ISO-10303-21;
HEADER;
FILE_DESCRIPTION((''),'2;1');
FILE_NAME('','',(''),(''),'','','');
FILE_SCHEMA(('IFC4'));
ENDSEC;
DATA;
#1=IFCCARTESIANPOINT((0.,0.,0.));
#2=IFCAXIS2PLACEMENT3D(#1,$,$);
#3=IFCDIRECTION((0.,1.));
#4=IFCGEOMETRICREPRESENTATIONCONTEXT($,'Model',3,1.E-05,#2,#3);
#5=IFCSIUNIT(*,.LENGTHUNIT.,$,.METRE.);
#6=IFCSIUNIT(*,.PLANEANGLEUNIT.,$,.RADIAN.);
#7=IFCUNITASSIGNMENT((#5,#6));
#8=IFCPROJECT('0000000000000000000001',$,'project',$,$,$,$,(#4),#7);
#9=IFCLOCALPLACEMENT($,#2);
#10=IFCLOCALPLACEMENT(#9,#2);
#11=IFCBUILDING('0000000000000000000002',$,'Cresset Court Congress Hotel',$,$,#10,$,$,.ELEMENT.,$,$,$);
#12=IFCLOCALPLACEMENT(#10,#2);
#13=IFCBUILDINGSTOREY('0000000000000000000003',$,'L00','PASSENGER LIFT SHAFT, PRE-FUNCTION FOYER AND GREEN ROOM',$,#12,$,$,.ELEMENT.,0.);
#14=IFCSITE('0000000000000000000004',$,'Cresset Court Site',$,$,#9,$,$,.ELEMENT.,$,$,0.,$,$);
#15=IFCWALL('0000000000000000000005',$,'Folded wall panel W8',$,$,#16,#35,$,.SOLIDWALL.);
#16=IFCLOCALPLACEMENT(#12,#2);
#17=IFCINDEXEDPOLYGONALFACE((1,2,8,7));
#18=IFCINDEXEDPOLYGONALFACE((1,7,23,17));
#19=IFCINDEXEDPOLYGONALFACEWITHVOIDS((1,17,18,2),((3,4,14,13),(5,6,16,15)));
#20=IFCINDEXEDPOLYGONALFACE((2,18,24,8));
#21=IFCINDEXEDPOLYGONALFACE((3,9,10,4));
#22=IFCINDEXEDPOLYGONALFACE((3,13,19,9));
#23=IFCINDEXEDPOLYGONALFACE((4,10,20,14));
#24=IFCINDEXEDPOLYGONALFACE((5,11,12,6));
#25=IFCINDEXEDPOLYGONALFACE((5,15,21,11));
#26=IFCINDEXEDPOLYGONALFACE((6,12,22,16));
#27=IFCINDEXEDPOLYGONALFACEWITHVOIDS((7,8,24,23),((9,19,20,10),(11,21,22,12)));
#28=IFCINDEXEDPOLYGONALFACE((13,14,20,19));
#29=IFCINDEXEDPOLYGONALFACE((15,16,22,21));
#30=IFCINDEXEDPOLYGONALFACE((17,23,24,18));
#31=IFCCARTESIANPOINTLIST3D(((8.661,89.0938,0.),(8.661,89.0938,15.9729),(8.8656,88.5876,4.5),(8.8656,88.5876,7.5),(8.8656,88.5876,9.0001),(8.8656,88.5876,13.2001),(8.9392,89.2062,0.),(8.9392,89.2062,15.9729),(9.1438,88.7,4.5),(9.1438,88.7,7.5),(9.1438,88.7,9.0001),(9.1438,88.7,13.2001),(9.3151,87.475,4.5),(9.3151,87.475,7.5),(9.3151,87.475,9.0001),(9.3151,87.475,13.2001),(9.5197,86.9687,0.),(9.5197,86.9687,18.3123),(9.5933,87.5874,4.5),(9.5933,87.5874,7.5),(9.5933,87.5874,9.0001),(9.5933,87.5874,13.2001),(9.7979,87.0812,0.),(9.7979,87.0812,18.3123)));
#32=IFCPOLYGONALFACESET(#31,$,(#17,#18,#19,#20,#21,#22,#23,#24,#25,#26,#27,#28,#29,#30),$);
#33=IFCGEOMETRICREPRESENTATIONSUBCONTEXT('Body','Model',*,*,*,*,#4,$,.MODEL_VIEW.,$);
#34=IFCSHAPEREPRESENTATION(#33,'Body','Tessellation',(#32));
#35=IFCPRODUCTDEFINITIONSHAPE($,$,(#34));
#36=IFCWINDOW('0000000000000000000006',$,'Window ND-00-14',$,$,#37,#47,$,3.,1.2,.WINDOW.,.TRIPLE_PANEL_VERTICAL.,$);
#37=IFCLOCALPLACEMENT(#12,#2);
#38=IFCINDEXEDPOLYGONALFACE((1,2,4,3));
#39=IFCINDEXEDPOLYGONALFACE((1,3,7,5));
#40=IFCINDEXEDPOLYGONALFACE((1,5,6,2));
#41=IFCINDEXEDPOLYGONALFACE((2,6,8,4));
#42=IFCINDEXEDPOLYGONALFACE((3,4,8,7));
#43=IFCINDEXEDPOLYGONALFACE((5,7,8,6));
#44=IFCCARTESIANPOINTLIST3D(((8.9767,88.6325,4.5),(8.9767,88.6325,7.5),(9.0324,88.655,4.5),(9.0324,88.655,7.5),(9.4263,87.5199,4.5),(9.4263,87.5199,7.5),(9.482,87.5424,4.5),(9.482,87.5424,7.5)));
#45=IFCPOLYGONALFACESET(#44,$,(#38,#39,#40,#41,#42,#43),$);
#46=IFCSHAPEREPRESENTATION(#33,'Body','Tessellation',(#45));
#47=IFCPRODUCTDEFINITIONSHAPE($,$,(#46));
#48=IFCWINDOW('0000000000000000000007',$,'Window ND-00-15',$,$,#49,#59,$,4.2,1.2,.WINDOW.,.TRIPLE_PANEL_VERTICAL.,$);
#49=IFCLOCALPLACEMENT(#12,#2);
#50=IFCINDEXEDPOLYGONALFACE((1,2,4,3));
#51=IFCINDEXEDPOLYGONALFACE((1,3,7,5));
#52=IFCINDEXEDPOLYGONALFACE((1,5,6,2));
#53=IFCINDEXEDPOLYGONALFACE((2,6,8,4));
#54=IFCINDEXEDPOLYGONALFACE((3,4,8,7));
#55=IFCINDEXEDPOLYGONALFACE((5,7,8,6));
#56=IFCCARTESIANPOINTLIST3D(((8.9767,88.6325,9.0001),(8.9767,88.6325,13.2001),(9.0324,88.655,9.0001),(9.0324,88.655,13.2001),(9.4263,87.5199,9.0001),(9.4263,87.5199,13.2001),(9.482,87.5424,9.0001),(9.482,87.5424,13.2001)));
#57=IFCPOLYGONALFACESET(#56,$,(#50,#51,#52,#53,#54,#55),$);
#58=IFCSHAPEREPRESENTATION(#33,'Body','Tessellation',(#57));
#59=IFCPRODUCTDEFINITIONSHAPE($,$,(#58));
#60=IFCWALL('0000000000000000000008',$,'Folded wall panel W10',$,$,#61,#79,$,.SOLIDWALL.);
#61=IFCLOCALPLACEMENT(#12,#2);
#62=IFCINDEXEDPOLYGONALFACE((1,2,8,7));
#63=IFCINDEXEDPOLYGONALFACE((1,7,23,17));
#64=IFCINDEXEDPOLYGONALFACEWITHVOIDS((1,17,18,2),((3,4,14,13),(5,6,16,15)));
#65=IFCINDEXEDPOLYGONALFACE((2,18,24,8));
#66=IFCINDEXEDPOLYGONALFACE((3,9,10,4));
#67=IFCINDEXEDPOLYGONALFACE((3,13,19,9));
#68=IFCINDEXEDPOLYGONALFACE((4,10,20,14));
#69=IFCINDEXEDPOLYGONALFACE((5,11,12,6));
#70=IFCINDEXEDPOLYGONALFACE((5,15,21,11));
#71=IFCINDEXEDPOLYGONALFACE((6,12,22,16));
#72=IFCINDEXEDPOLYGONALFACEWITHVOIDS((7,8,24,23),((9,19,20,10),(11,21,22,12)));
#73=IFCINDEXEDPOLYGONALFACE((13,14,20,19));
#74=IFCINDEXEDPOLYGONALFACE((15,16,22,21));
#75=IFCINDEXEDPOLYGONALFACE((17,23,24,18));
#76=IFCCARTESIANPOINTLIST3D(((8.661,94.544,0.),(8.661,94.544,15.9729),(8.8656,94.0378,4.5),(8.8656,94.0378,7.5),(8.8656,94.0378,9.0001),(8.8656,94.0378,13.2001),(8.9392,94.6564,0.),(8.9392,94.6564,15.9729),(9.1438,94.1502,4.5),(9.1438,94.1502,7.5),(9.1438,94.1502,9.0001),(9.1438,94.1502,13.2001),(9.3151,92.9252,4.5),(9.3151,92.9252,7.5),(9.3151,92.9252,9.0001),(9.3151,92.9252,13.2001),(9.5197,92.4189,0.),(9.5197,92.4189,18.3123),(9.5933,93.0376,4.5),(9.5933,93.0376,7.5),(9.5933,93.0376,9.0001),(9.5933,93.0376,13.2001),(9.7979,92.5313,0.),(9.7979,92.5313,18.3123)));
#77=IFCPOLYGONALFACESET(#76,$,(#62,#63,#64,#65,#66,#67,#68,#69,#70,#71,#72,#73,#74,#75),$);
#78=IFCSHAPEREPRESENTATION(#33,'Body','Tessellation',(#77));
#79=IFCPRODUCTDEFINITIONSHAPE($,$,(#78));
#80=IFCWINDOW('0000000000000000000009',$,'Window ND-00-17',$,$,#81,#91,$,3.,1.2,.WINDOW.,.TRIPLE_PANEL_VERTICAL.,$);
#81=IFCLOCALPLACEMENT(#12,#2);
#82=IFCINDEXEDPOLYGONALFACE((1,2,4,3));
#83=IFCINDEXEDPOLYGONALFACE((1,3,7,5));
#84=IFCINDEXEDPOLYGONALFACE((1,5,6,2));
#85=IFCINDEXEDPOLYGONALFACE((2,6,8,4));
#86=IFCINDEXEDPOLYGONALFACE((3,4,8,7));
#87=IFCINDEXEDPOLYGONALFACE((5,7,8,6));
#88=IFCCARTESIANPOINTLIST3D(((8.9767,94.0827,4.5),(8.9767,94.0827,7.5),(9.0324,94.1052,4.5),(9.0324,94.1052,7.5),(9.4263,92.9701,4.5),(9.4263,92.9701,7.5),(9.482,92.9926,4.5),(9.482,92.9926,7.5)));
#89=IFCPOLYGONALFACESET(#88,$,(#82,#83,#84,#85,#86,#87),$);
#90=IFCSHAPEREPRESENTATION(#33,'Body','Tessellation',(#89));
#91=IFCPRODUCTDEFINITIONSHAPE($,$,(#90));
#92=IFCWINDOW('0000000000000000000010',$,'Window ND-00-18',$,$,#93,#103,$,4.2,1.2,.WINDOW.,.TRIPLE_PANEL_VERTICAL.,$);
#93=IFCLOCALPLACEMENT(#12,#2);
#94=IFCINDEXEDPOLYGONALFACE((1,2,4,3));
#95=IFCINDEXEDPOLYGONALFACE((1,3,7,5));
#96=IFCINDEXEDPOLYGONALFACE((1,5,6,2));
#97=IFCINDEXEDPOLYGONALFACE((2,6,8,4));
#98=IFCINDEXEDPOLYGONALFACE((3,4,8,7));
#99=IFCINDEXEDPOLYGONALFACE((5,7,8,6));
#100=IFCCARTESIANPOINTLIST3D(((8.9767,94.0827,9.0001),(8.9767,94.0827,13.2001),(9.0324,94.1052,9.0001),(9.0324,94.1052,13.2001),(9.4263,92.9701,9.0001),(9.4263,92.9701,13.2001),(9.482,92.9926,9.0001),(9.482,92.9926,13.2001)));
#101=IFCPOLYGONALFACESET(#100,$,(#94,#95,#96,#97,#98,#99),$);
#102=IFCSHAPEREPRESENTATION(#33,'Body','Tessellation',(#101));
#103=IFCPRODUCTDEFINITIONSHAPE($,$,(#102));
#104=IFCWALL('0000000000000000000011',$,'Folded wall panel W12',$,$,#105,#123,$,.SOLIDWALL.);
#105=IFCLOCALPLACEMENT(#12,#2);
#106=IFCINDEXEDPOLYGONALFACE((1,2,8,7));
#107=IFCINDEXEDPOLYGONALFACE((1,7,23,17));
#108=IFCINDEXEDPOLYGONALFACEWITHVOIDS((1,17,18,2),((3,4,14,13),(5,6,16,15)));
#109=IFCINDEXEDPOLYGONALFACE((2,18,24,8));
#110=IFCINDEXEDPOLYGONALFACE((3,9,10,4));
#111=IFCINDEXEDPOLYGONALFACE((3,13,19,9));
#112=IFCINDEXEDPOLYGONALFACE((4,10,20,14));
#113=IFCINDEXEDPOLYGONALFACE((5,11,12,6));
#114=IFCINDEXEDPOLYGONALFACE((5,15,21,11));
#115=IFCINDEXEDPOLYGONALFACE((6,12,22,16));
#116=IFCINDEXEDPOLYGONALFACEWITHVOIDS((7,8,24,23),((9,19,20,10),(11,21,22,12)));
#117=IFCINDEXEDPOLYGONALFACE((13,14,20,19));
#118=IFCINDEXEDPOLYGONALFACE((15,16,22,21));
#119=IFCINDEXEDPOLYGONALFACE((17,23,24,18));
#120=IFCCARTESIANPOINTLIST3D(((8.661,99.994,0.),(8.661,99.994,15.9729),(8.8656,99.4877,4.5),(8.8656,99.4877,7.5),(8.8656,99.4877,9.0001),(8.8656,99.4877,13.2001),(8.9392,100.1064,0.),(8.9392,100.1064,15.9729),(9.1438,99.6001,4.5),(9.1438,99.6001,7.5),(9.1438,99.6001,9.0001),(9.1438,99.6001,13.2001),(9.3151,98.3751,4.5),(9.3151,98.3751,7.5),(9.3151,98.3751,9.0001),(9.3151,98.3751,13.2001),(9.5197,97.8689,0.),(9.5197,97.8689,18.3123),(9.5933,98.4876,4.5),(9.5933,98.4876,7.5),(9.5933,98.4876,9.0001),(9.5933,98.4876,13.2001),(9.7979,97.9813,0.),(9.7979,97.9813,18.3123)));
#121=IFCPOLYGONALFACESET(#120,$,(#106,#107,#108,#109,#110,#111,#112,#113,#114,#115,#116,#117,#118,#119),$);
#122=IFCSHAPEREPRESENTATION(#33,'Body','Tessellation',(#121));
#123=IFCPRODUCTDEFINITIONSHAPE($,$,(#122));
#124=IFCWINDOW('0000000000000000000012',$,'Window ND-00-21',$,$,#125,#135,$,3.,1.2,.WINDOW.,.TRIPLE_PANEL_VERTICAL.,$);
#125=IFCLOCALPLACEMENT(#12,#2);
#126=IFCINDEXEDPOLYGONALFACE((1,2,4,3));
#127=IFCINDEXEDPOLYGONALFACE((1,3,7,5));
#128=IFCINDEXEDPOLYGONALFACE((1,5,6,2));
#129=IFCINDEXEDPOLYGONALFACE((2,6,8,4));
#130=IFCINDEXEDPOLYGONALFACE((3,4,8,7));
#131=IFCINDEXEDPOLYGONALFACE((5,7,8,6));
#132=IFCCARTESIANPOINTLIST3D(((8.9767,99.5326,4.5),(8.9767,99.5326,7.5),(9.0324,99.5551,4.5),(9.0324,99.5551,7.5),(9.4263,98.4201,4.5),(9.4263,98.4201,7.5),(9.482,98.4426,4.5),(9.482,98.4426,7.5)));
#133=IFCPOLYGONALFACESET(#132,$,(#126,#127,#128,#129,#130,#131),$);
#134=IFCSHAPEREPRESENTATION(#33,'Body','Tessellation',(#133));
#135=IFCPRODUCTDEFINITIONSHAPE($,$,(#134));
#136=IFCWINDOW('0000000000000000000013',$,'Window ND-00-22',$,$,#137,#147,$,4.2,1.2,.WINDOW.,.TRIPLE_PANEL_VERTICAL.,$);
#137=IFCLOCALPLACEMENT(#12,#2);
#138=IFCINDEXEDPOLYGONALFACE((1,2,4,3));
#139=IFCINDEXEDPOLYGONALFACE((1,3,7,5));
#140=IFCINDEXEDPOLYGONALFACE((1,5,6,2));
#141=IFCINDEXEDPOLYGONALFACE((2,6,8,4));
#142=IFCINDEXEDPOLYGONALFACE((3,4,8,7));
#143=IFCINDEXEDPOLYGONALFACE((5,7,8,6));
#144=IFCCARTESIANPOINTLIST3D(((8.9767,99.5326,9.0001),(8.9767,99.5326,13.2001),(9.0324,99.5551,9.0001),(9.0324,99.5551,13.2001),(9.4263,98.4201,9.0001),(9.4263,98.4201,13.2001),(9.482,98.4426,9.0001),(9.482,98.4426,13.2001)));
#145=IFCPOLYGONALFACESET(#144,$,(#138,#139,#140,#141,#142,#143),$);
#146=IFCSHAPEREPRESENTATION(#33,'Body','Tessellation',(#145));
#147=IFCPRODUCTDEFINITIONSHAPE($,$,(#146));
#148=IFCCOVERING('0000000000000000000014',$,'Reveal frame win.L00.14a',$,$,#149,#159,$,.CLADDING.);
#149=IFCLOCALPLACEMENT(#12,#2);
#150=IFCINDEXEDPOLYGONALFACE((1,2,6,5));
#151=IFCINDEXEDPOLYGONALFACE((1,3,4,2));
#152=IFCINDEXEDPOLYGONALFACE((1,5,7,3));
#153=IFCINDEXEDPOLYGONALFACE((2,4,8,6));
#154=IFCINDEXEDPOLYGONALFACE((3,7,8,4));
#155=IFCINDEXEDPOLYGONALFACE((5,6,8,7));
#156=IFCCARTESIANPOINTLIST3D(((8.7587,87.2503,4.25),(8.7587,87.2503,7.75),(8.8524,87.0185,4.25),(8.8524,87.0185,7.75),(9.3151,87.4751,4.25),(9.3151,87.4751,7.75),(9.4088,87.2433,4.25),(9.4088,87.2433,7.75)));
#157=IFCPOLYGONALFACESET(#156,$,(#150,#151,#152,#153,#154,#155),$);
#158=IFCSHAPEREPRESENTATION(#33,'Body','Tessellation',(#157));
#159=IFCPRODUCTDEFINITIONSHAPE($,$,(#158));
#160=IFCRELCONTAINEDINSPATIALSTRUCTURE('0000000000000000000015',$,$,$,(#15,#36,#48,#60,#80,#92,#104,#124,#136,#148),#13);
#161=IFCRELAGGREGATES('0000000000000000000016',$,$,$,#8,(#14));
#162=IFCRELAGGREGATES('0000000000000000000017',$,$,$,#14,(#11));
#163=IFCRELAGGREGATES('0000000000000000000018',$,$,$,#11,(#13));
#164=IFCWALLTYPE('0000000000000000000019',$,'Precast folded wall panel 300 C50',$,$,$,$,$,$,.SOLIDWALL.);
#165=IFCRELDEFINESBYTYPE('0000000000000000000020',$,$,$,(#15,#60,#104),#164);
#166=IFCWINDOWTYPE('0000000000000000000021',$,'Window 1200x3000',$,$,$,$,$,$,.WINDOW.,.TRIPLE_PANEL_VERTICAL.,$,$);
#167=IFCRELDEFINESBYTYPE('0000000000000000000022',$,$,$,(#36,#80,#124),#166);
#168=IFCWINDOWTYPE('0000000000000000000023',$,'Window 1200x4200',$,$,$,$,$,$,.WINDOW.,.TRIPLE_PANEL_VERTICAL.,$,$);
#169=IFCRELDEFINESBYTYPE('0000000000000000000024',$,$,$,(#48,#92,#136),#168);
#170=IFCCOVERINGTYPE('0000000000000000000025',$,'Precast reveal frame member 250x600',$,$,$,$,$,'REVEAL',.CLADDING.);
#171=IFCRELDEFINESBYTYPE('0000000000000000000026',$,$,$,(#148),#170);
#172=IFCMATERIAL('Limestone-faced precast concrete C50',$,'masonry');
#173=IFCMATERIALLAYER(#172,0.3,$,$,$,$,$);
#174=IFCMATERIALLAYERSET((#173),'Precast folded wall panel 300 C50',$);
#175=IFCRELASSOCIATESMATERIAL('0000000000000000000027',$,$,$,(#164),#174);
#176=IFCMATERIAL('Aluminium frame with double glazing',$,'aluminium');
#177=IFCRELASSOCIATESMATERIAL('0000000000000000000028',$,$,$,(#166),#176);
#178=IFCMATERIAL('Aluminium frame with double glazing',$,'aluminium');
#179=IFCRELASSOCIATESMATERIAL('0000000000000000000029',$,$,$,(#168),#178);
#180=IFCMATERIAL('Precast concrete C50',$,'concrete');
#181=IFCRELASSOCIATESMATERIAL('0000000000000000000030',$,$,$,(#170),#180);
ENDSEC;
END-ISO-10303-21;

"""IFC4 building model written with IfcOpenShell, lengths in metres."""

from ifc_helpers import new_model, si_unit, direction, frame, frame_2d, origin, origin_2d, place, context, subcontext, project, spatial, polyline, rectangle, outline, extrude, material, layer, layer_set, type_object, element, fill, save


model = new_model("IFC4")

# Units and contexts
model_context = context("Model", 3, precision=1e-05, world=origin(), true_north=direction((0.0, 1.0)))
body_context = subcontext(model_context, "Body", "Model", "MODEL_VIEW")
ifc_project = project(units=[si_unit("LENGTHUNIT", "METRE"), si_unit("PLANEANGLEUNIT", "RADIAN")], contexts=[model_context])

# Site, building, storey
site_placement = place(None, origin())
site = spatial("IfcSite", under=ifc_project, at=site_placement, Name="Cresset Court Site", CompositionType="ELEMENT", RefElevation=0.0)
building_placement = place(site_placement, origin())
building = spatial("IfcBuilding", under=site, at=building_placement, Name="Cresset Court Congress Hotel", CompositionType="ELEMENT")
storey_placement = place(building_placement, origin())
storey = spatial("IfcBuildingStorey", under=building, at=storey_placement, Name="L00", Description="PASSENGER LIFT SHAFT, PRE-FUNCTION FOYER AND GREEN ROOM", CompositionType="ELEMENT", Elevation=0.0)

# Walls, openings, windows
ifc_material_1 = material(Name="Limestone-faced precast concrete C50", Category="masonry")
ifc_layer = layer(ifc_material_1, 0.3)
ifc_layer_set = layer_set([ifc_layer], Name="Precast folded wall panel 300 C50")
wall_type = type_object("IfcWallType", Name="Precast folded wall panel 300 C50", PredefinedType="SOLIDWALL", material=ifc_layer_set)
wall_1_placement = place(storey_placement, frame((9.6587, 87.0249, 0.0), z_axis=(0.0, 0.0, 1.0), x_axis=(-0.374639, 0.927171, 0.0)))
wall_1 = element("IfcWall", 1, at=wall_1_placement, inside=storey, type_object=wall_type, Name="Folded wall panel W8", PredefinedType="SOLIDWALL", context=body_context, shape_type="SweptSolid", body=[
    extrude(outline(polyline([(0.0, 0.0), (2.292, 0.0), (2.292, 15.9729), (0.0, 18.3123), (0.0, 0.0)])), frame((0.0, 0.1499, 0.0), z_axis=(0.0, -1.0, 0.0), x_axis=(1.0, 0.0, 0.0)), (0.0, 0.0, 1.0), 0.3),
])
opening_1_placement = place(wall_1_placement, frame((0.5459, 0.0, 4.5)))
opening_1 = element("IfcOpeningElement", 2, at=opening_1_placement, cuts=wall_1, PredefinedType="OPENING", context=body_context, shape_type="SweptSolid", body=[
    extrude(rectangle(XDim=1.2, YDim=3.0, at=frame_2d((0.6001, 1.5))), frame((0.0, 0.1599, 0.0), z_axis=(0.0, -1.0, 0.0), x_axis=(1.0, 0.0, 0.0)), (0.0, 0.0, 1.0), 0.3201),
])
opening_2_placement = place(wall_1_placement, frame((0.5459, 0.0, 9.0)))
opening_2 = element("IfcOpeningElement", 3, at=opening_2_placement, cuts=wall_1, PredefinedType="OPENING", context=body_context, shape_type="SweptSolid", body=[
    extrude(rectangle(XDim=1.2, YDim=4.2, at=frame_2d((0.6001, 2.1001))), frame((0.0, 0.1599, 0.0), z_axis=(0.0, -1.0, 0.0), x_axis=(1.0, 0.0, 0.0)), (0.0, 0.0, 1.0), 0.3201),
])
ifc_material_2 = material(Name="Aluminium frame with double glazing", Category="aluminium")
window_type_1 = type_object("IfcWindowType", Name="Window 1200x3000", PartitioningType="TRIPLE_PANEL_VERTICAL", PredefinedType="WINDOW", material=ifc_material_2)
window_1_placement = place(opening_1_placement, origin())
window_1 = element("IfcWindow", 4, at=window_1_placement, inside=storey, type_object=window_type_1, Name="Window ND-00-14", OverallHeight=3.0, OverallWidth=1.2, PartitioningType="TRIPLE_PANEL_VERTICAL", PredefinedType="WINDOW", context=body_context, shape_type="SweptSolid", body=[
    extrude(rectangle(XDim=1.2, YDim=3.0, at=frame_2d((0.6001, 1.5))), frame((0.0, 0.03, 0.0), z_axis=(0.0, -1.0, 0.0), x_axis=(1.0, 0.0, 0.0)), (0.0, 0.0, 1.0), 0.0601),
])
fill(opening_1, window_1)
ifc_material_3 = material(Name="Aluminium frame with double glazing", Category="aluminium")
window_type_2 = type_object("IfcWindowType", Name="Window 1200x4200", PartitioningType="TRIPLE_PANEL_VERTICAL", PredefinedType="WINDOW", material=ifc_material_3)
window_2_placement = place(opening_2_placement, origin())
window_2 = element("IfcWindow", 5, at=window_2_placement, inside=storey, type_object=window_type_2, Name="Window ND-00-15", OverallHeight=4.2, OverallWidth=1.2, PartitioningType="TRIPLE_PANEL_VERTICAL", PredefinedType="WINDOW", context=body_context, shape_type="SweptSolid", body=[
    extrude(rectangle(XDim=1.2, YDim=4.2, at=frame_2d((0.6001, 2.1001))), frame((0.0, 0.03, 0.0), z_axis=(0.0, -1.0, 0.0), x_axis=(1.0, 0.0, 0.0)), (0.0, 0.0, 1.0), 0.0601),
])
fill(opening_2, window_2)
wall_2_placement = place(storey_placement, frame((9.6587, 92.4751, 0.0), z_axis=(0.0, 0.0, 1.0), x_axis=(-0.374639, 0.927171, 0.0)))
wall_2 = element("IfcWall", 6, at=wall_2_placement, inside=storey, type_object=wall_type, Name="Folded wall panel W10", PredefinedType="SOLIDWALL", context=body_context, shape_type="SweptSolid", body=[
    extrude(outline(polyline([(0.0, 0.0), (2.292, 0.0), (2.292, 15.9729), (0.0, 18.3123), (0.0, 0.0)])), frame((0.0, 0.1499, 0.0), z_axis=(0.0, -1.0, 0.0), x_axis=(1.0, 0.0, 0.0)), (0.0, 0.0, 1.0), 0.3),
])
opening_3_placement = place(wall_2_placement, frame((0.5459, 0.0, 4.5)))
opening_3 = element("IfcOpeningElement", 7, at=opening_3_placement, cuts=wall_2, PredefinedType="OPENING", context=body_context, shape_type="SweptSolid", body=[
    extrude(rectangle(XDim=1.2, YDim=3.0, at=frame_2d((0.6001, 1.5))), frame((0.0, 0.1599, 0.0), z_axis=(0.0, -1.0, 0.0), x_axis=(1.0, 0.0, 0.0)), (0.0, 0.0, 1.0), 0.3201),
])
opening_4_placement = place(wall_2_placement, frame((0.5459, 0.0, 9.0)))
opening_4 = element("IfcOpeningElement", 8, at=opening_4_placement, cuts=wall_2, PredefinedType="OPENING", context=body_context, shape_type="SweptSolid", body=[
    extrude(rectangle(XDim=1.2, YDim=4.2, at=frame_2d((0.6001, 2.1001))), frame((0.0, 0.1599, 0.0), z_axis=(0.0, -1.0, 0.0), x_axis=(1.0, 0.0, 0.0)), (0.0, 0.0, 1.0), 0.3201),
])
window_3_placement = place(opening_3_placement, origin())
window_3 = element("IfcWindow", 9, at=window_3_placement, inside=storey, type_object=window_type_1, Name="Window ND-00-17", OverallHeight=3.0, OverallWidth=1.2, PartitioningType="TRIPLE_PANEL_VERTICAL", PredefinedType="WINDOW", context=body_context, shape_type="SweptSolid", body=[
    extrude(rectangle(XDim=1.2, YDim=3.0, at=frame_2d((0.6001, 1.5))), frame((0.0, 0.03, 0.0), z_axis=(0.0, -1.0, 0.0), x_axis=(1.0, 0.0, 0.0)), (0.0, 0.0, 1.0), 0.0601),
])
fill(opening_3, window_3)
window_4_placement = place(opening_4_placement, origin())
window_4 = element("IfcWindow", 10, at=window_4_placement, inside=storey, type_object=window_type_2, Name="Window ND-00-18", OverallHeight=4.2, OverallWidth=1.2, PartitioningType="TRIPLE_PANEL_VERTICAL", PredefinedType="WINDOW", context=body_context, shape_type="SweptSolid", body=[
    extrude(rectangle(XDim=1.2, YDim=4.2, at=frame_2d((0.6001, 2.1001))), frame((0.0, 0.03, 0.0), z_axis=(0.0, -1.0, 0.0), x_axis=(1.0, 0.0, 0.0)), (0.0, 0.0, 1.0), 0.0601),
])
fill(opening_4, window_4)
wall_3_placement = place(storey_placement, frame((9.6587, 97.925, 0.0), z_axis=(0.0, 0.0, 1.0), x_axis=(-0.374639, 0.927171, 0.0)))
wall_3 = element("IfcWall", 11, at=wall_3_placement, inside=storey, type_object=wall_type, Name="Folded wall panel W12", PredefinedType="SOLIDWALL", context=body_context, shape_type="SweptSolid", body=[
    extrude(outline(polyline([(0.0, 0.0), (2.292, 0.0), (2.292, 15.9729), (0.0, 18.3123), (0.0, 0.0)])), frame((0.0, 0.1499, 0.0), z_axis=(0.0, -1.0, 0.0), x_axis=(1.0, 0.0, 0.0)), (0.0, 0.0, 1.0), 0.3),
])
opening_5_placement = place(wall_3_placement, frame((0.5459, 0.0, 4.5)))
opening_5 = element("IfcOpeningElement", 12, at=opening_5_placement, cuts=wall_3, PredefinedType="OPENING", context=body_context, shape_type="SweptSolid", body=[
    extrude(rectangle(XDim=1.2, YDim=3.0, at=frame_2d((0.6001, 1.5))), frame((0.0, 0.1599, 0.0), z_axis=(0.0, -1.0, 0.0), x_axis=(1.0, 0.0, 0.0)), (0.0, 0.0, 1.0), 0.3201),
])
opening_6_placement = place(wall_3_placement, frame((0.5459, 0.0, 9.0)))
opening_6 = element("IfcOpeningElement", 13, at=opening_6_placement, cuts=wall_3, PredefinedType="OPENING", context=body_context, shape_type="SweptSolid", body=[
    extrude(rectangle(XDim=1.2, YDim=4.2, at=frame_2d((0.6001, 2.1001))), frame((0.0, 0.1599, 0.0), z_axis=(0.0, -1.0, 0.0), x_axis=(1.0, 0.0, 0.0)), (0.0, 0.0, 1.0), 0.3201),
])
window_5_placement = place(opening_5_placement, origin())
window_5 = element("IfcWindow", 14, at=window_5_placement, inside=storey, type_object=window_type_1, Name="Window ND-00-21", OverallHeight=3.0, OverallWidth=1.2, PartitioningType="TRIPLE_PANEL_VERTICAL", PredefinedType="WINDOW", context=body_context, shape_type="SweptSolid", body=[
    extrude(rectangle(XDim=1.2, YDim=3.0, at=frame_2d((0.6001, 1.5))), frame((0.0, 0.03, 0.0), z_axis=(0.0, -1.0, 0.0), x_axis=(1.0, 0.0, 0.0)), (0.0, 0.0, 1.0), 0.0601),
])
fill(opening_5, window_5)
window_6_placement = place(opening_6_placement, origin())
window_6 = element("IfcWindow", 15, at=window_6_placement, inside=storey, type_object=window_type_2, Name="Window ND-00-22", OverallHeight=4.2, OverallWidth=1.2, PartitioningType="TRIPLE_PANEL_VERTICAL", PredefinedType="WINDOW", context=body_context, shape_type="SweptSolid", body=[
    extrude(rectangle(XDim=1.2, YDim=4.2, at=frame_2d((0.6001, 2.1001))), frame((0.0, 0.03, 0.0), z_axis=(0.0, -1.0, 0.0), x_axis=(1.0, 0.0, 0.0)), (0.0, 0.0, 1.0), 0.0601),
])
fill(opening_6, window_6)

# Covering
ifc_material_4 = material(Name="Precast concrete C50", Category="concrete")
covering_type = type_object("IfcCoveringType", Name="Precast reveal frame member 250x600", ElementType="REVEAL", PredefinedType="CLADDING", material=ifc_material_4)
covering_1_placement = place(storey_placement, frame((9.0837, 87.2468, 4.25), z_axis=(0.0, 0.0, 1.0), x_axis=(-0.374623, 0.927177, 0.0)))
element("IfcCovering", 16, at=covering_1_placement, inside=storey, type_object=covering_type, Name="Reveal frame win.L00.14a", PredefinedType="CLADDING", context=body_context, shape_type="SweptSolid", body=[
    extrude(rectangle(XDim=0.25, YDim=0.6001, at=origin_2d()), origin(), (0.0, 0.0, 1.0), 3.5),
])

save(model, "model.ifc")
